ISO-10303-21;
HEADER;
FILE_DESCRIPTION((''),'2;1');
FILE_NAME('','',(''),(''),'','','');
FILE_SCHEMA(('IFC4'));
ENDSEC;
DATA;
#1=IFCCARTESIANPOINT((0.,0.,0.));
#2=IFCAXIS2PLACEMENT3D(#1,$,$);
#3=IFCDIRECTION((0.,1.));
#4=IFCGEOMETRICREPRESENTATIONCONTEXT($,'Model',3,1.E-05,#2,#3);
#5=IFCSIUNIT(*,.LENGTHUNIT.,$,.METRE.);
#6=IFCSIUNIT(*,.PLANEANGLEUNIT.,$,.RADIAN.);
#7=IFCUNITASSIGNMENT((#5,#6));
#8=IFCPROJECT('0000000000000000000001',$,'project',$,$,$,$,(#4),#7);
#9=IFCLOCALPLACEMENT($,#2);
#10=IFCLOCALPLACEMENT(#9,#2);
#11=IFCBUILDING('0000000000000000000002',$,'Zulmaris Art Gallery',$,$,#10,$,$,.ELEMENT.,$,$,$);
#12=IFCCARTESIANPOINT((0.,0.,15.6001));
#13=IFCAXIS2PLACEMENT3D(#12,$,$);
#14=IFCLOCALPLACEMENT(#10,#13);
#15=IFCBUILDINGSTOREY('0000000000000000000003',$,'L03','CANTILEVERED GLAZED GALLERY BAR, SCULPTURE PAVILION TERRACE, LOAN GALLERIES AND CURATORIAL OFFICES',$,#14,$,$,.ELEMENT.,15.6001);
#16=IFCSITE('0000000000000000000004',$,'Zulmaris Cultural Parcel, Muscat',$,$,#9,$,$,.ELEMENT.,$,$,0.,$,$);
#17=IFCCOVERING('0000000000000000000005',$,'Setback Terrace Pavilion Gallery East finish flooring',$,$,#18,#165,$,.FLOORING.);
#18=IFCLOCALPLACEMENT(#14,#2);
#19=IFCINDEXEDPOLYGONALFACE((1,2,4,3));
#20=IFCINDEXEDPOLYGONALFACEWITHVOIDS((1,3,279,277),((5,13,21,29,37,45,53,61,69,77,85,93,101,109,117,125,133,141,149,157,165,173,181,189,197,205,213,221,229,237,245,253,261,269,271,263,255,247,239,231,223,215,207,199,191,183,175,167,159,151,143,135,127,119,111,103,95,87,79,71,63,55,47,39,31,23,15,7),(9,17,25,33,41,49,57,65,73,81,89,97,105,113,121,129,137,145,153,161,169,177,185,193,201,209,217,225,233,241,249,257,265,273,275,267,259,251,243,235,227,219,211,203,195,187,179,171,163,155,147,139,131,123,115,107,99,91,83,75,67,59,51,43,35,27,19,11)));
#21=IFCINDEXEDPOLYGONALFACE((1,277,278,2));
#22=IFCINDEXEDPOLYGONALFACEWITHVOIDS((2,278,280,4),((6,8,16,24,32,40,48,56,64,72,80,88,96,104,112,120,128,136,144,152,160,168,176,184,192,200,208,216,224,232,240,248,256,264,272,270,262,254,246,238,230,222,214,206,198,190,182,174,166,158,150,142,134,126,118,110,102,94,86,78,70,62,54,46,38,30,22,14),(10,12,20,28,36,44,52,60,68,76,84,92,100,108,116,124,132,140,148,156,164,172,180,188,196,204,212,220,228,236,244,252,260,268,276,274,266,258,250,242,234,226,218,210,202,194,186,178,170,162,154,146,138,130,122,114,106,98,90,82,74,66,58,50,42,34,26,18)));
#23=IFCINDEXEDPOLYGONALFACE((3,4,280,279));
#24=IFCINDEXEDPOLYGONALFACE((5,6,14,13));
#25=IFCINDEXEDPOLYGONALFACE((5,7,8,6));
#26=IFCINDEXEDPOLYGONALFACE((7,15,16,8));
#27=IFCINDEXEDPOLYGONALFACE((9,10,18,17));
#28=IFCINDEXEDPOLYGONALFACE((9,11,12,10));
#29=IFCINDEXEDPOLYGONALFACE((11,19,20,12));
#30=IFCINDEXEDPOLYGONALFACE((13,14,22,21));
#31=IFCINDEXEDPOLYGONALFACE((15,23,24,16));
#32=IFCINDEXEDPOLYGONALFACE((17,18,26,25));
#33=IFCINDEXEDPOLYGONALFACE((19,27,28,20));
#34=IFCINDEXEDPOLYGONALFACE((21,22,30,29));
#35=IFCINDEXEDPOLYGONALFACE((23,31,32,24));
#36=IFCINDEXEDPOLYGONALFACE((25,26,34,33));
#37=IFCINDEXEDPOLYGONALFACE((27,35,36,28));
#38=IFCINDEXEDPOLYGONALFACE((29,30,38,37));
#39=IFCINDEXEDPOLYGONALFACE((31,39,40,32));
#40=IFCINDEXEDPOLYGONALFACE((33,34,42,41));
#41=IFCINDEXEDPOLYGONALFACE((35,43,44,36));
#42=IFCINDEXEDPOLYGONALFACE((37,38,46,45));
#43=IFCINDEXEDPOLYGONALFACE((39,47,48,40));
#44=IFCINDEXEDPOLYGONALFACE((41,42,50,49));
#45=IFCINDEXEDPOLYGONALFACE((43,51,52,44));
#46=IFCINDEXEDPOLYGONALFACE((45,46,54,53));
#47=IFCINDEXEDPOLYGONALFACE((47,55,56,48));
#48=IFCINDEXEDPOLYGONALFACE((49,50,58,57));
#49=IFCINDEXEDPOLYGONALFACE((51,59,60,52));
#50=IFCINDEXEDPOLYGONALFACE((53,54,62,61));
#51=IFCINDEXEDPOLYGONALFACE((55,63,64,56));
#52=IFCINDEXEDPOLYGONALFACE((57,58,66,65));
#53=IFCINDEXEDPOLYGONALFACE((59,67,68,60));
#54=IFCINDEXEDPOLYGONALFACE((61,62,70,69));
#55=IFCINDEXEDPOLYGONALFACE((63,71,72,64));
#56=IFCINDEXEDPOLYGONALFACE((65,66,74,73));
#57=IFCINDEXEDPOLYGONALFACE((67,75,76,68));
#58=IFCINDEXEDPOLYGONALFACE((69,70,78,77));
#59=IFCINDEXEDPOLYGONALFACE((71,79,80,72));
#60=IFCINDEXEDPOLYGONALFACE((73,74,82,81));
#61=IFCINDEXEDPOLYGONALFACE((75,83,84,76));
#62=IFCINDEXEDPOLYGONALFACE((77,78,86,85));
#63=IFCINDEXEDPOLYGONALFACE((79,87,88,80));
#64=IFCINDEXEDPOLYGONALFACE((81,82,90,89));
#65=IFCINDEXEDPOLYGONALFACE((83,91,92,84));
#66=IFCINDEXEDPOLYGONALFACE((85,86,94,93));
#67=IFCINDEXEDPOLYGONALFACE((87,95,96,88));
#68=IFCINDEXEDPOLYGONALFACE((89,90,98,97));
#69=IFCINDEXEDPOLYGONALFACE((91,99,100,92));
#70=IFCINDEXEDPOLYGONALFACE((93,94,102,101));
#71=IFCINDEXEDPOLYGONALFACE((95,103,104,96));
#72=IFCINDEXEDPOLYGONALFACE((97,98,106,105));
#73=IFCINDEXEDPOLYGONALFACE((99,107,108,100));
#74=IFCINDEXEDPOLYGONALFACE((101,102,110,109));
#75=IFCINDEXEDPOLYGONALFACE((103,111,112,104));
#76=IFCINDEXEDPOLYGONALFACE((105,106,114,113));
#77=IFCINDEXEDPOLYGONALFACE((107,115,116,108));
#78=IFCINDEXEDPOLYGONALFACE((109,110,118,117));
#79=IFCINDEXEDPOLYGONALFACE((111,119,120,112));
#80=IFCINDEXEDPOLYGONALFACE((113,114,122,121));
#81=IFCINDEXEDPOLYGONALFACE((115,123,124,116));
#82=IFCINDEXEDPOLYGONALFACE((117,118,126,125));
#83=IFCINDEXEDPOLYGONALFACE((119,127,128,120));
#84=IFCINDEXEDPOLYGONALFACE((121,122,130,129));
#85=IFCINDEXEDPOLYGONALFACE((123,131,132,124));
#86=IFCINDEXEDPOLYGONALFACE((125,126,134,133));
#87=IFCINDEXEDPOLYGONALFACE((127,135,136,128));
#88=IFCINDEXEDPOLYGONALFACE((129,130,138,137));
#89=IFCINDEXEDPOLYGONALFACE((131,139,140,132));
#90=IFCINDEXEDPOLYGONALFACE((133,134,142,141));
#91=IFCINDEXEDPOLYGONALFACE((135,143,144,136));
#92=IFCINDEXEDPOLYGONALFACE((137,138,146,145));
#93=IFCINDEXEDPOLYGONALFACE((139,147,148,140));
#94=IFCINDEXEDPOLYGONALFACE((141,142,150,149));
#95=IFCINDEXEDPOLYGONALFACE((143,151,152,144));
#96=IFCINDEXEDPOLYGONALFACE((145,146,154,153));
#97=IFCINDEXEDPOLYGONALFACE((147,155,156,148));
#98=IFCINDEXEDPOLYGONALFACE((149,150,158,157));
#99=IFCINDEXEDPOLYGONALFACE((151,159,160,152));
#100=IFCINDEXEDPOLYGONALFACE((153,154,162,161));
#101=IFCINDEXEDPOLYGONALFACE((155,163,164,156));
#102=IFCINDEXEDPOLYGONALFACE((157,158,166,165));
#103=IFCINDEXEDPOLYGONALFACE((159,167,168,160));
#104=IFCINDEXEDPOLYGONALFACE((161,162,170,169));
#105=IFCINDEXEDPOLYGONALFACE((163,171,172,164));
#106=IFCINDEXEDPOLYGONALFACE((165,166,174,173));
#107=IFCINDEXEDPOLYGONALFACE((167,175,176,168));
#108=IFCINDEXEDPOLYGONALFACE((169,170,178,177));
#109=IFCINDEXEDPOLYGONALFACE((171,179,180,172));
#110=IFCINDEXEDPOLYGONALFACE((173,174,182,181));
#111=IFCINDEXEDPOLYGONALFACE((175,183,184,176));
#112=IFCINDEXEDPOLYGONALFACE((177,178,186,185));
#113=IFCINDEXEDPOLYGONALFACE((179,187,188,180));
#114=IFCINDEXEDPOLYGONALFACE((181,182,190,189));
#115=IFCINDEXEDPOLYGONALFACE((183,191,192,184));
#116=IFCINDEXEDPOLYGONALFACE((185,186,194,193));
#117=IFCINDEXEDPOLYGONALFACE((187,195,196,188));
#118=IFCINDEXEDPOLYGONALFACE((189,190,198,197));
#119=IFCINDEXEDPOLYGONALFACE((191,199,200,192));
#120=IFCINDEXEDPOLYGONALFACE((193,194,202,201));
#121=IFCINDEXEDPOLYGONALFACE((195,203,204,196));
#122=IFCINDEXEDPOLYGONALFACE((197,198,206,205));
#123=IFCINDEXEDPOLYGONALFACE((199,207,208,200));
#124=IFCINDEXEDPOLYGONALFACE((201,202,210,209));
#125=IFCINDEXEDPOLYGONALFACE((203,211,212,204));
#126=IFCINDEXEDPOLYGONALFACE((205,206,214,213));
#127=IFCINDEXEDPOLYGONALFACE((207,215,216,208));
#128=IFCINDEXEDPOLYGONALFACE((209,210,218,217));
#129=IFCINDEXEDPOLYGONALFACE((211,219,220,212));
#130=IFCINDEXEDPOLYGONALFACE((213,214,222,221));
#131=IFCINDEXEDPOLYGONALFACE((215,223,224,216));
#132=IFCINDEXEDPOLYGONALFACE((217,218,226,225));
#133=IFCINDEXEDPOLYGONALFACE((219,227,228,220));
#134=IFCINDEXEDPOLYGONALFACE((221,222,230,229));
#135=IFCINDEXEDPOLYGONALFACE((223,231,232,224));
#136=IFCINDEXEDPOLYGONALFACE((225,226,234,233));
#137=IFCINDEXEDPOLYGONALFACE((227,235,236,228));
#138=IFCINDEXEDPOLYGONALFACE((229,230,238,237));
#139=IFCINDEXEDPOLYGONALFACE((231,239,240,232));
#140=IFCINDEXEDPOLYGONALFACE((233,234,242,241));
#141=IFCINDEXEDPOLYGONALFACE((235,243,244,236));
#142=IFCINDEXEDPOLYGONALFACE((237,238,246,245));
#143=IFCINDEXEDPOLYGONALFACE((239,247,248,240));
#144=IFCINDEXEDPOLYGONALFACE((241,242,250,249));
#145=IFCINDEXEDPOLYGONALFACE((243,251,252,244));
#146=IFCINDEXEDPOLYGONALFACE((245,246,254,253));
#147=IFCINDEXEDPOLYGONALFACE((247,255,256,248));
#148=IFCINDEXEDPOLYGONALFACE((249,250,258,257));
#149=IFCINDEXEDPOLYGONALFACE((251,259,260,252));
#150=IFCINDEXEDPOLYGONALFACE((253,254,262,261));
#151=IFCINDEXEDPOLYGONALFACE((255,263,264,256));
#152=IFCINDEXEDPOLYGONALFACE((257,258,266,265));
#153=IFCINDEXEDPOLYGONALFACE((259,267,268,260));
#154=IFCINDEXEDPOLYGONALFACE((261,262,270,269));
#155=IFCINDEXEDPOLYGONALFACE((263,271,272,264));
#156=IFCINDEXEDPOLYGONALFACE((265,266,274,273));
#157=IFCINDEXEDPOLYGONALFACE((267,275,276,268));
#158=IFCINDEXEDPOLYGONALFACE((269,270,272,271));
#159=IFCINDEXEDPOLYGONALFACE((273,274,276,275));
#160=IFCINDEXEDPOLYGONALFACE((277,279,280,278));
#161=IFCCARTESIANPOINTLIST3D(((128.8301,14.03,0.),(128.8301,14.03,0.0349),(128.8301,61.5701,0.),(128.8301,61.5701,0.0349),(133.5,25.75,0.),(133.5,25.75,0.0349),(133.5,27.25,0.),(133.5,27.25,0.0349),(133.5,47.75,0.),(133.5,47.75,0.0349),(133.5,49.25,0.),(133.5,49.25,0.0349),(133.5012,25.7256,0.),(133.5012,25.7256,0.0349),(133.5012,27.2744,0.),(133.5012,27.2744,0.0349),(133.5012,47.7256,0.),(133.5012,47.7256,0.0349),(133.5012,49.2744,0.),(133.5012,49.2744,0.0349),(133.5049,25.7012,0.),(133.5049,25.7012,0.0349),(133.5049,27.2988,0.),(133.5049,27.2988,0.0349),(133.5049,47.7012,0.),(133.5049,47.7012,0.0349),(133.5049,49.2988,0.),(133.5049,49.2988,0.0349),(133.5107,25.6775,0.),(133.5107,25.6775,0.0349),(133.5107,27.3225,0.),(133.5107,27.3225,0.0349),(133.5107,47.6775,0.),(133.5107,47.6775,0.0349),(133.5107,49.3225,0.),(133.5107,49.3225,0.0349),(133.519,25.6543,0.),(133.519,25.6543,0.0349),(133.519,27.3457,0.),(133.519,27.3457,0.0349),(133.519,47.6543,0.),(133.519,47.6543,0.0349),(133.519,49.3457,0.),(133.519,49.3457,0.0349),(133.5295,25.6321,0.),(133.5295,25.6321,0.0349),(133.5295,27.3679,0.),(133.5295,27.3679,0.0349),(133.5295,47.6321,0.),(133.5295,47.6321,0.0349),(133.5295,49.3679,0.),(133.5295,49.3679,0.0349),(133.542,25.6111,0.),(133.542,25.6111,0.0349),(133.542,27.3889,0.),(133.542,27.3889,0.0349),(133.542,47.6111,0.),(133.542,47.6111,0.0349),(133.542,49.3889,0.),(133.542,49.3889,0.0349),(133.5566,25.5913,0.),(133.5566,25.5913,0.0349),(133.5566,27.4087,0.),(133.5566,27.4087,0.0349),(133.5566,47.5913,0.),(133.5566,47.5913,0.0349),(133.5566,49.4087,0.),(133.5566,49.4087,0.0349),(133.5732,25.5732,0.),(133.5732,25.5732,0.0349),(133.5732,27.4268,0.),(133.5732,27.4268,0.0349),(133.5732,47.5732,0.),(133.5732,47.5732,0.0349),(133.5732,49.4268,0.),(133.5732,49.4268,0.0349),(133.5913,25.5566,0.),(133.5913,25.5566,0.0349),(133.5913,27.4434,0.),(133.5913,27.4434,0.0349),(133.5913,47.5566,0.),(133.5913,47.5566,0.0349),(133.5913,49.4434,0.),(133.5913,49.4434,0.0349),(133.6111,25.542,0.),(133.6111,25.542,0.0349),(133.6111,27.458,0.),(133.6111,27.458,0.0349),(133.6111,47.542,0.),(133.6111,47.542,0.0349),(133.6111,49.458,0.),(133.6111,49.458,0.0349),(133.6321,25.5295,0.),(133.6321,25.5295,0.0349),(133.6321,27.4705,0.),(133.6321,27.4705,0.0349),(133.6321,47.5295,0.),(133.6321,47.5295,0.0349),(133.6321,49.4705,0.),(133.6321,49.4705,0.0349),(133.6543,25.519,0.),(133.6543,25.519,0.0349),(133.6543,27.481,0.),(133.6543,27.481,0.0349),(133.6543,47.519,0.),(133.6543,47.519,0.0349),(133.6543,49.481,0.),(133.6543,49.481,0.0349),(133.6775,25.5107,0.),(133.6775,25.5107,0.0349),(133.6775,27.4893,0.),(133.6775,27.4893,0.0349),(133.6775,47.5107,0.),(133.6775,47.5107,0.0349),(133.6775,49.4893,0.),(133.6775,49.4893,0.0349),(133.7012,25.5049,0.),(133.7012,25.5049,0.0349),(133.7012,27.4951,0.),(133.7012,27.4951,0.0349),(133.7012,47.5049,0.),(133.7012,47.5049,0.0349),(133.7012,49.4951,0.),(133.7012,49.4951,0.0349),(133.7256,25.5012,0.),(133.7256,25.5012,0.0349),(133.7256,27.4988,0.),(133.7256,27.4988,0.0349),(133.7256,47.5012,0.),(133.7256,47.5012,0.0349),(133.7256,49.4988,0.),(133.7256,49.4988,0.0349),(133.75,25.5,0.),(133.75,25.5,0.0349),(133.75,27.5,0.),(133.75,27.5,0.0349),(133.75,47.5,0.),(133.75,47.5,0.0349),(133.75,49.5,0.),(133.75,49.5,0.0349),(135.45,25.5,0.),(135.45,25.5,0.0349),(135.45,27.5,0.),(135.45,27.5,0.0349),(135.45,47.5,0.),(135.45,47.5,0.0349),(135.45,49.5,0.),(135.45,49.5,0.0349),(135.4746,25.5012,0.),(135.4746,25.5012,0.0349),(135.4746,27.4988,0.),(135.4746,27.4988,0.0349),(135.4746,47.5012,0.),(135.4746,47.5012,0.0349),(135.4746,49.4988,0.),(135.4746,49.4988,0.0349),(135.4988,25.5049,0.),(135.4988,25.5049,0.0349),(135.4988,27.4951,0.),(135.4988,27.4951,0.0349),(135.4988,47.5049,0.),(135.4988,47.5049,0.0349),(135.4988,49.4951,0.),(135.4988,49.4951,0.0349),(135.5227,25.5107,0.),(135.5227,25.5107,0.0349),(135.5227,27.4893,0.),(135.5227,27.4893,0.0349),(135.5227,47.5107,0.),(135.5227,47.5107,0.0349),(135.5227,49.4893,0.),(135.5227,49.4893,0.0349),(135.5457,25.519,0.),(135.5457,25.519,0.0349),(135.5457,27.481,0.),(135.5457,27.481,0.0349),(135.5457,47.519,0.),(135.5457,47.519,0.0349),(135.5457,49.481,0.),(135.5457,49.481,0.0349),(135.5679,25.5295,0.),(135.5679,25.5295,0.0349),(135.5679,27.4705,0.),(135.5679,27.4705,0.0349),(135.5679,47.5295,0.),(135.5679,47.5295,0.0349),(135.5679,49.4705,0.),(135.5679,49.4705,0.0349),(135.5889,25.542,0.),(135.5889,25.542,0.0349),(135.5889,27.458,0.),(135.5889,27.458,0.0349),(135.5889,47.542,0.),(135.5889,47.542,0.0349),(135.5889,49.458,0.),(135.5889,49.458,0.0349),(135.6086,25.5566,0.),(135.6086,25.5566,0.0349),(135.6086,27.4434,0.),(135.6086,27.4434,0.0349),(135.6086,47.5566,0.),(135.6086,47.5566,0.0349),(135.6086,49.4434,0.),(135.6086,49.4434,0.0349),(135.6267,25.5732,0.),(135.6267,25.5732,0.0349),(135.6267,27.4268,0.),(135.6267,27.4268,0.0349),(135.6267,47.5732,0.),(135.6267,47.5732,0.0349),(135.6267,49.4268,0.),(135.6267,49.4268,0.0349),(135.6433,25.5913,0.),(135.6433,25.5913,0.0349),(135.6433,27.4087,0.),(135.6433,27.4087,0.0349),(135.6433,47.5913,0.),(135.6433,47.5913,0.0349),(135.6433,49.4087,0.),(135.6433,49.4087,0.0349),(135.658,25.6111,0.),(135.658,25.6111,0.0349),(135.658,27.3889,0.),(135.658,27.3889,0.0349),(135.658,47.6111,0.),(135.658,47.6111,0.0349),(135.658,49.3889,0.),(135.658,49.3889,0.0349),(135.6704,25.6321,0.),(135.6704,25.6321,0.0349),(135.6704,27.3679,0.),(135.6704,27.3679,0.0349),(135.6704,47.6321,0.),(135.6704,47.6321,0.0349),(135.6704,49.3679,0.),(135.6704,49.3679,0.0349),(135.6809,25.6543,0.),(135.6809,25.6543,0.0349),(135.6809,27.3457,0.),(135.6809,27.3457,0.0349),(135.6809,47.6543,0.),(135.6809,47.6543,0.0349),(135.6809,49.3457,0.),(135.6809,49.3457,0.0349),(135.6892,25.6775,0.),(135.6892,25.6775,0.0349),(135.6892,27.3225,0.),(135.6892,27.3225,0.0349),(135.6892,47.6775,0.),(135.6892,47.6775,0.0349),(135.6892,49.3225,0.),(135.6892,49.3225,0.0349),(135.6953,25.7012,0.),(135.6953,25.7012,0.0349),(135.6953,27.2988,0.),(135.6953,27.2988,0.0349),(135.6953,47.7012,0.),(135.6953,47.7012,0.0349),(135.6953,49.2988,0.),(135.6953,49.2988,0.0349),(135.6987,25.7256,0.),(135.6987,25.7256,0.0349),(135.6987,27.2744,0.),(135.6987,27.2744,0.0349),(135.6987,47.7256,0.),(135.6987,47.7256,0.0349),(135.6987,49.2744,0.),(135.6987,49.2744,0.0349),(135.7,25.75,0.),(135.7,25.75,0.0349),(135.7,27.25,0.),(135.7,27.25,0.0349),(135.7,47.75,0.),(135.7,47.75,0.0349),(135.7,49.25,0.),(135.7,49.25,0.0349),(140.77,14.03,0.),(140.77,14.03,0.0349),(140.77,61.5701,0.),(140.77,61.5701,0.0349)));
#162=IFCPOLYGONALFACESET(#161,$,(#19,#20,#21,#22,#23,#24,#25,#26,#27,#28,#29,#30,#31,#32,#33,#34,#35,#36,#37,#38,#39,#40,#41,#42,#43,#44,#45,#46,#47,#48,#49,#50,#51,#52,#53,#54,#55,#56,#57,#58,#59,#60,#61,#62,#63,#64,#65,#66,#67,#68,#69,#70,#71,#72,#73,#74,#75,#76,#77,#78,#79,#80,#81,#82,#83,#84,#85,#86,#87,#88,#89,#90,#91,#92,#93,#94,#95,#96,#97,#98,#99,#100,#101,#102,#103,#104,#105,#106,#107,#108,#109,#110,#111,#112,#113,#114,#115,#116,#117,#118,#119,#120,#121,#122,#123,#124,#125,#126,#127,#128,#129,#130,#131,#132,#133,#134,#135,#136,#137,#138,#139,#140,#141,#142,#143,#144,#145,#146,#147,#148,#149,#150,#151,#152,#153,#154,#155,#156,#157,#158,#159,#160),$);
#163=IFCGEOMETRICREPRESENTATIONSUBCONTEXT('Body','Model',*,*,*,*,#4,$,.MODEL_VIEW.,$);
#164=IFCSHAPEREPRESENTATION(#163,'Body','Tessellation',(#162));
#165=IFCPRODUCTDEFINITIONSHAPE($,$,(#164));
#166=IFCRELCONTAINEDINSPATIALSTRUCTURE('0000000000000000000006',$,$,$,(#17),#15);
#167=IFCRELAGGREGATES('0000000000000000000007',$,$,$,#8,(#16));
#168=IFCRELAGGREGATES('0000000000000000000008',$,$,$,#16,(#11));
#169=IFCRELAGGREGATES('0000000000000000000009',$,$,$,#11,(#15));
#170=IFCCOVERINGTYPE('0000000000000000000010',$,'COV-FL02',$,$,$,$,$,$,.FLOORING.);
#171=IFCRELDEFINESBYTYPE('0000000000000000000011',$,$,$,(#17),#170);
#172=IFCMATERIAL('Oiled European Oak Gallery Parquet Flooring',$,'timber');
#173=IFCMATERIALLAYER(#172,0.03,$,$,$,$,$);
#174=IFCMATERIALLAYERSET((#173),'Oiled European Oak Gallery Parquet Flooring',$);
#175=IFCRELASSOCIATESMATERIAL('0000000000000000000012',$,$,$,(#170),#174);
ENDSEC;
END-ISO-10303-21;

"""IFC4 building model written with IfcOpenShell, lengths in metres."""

from ifc_helpers import new_model, si_unit, direction, frame, origin, place, context, subcontext, project, spatial, polyline, outline, extrude, material, layer, layer_set, type_object, element, save


model = new_model("IFC4")

# Units and contexts
model_context = context("Model", 3, precision=1e-05, world=origin(), true_north=direction((0.0, 1.0)))
body_context = subcontext(model_context, "Body", "Model", "MODEL_VIEW")
ifc_project = project(units=[si_unit("LENGTHUNIT", "METRE"), si_unit("PLANEANGLEUNIT", "RADIAN")], contexts=[model_context])

# Site, building, storey
site_placement = place(None, origin())
site = spatial("IfcSite", under=ifc_project, at=site_placement, Name="Zulmaris Cultural Parcel, Muscat", CompositionType="ELEMENT", RefElevation=0.0)
building_placement = place(site_placement, origin())
building = spatial("IfcBuilding", under=site, at=building_placement, Name="Zulmaris Art Gallery", CompositionType="ELEMENT")
storey_placement = place(building_placement, frame((0.0, 0.0, 15.6001)))
storey = spatial("IfcBuildingStorey", under=building, at=storey_placement, Name="L03", Description="CANTILEVERED GLAZED GALLERY BAR, SCULPTURE PAVILION TERRACE, LOAN GALLERIES AND CURATORIAL OFFICES", CompositionType="ELEMENT", Elevation=15.6001)

# Covering
ifc_material_1 = material(Name="Oiled European Oak Gallery Parquet Flooring", Category="timber")
ifc_layer_1 = layer(ifc_material_1, 0.03)
ifc_layer_set_1 = layer_set([ifc_layer_1], Name="Oiled European Oak Gallery Parquet Flooring")
covering_type_1 = type_object("IfcCoveringType", Name="COV-FL02", PredefinedType="FLOORING", material=ifc_layer_set_1)
covering_1_placement = place(storey_placement, origin())
element("IfcCovering", 1, at=covering_1_placement, inside=storey, type_object=covering_type_1, Name="Setback Terrace Pavilion Gallery East finish flooring", PredefinedType="FLOORING", context=body_context, shape_type="SweptSolid", body=[
    extrude(outline(polyline([(140.77, 14.03), (128.8301, 14.03), (128.8301, 61.5701), (140.77, 61.5701), (140.77, 14.03)]), holes=[polyline([(133.7256, 27.4988), (133.7012, 27.4951), (133.6775, 27.4893), (133.6543, 27.481), (133.6321, 27.4705), (133.6111, 27.458), (133.5913, 27.4434), (133.5732, 27.4268), (133.5566, 27.4087), (133.542, 27.3889), (133.5295, 27.3679), (133.519, 27.3457), (133.5107, 27.3225), (133.5049, 27.2988), (133.5012, 27.2744), (133.5, 27.25), (133.5, 25.75), (133.5012, 25.7256), (133.5049, 25.7012), (133.5107, 25.6775), (133.519, 25.6543), (133.5295, 25.6321), (133.542, 25.6111), (133.5566, 25.5913), (133.5732, 25.5732), (133.5913, 25.5566), (133.6111, 25.542), (133.6321, 25.5295), (133.6543, 25.519), (133.6775, 25.5107), (133.7012, 25.5049), (133.7256, 25.5012), (133.75, 25.5), (135.45, 25.5), (135.4746, 25.5012), (135.4988, 25.5049), (135.5227, 25.5107), (135.5457, 25.519), (135.5679, 25.5295), (135.5889, 25.542), (135.6086, 25.5566), (135.6267, 25.5732), (135.6433, 25.5913), (135.658, 25.6111), (135.6704, 25.6321), (135.6809, 25.6543), (135.6892, 25.6775), (135.6953, 25.7012), (135.6987, 25.7256), (135.7, 25.75), (135.7, 27.25), (135.6987, 27.2744), (135.6953, 27.2988), (135.6892, 27.3225), (135.6809, 27.3457), (135.6704, 27.3679), (135.658, 27.3889), (135.6433, 27.4087), (135.6267, 27.4268), (135.6086, 27.4434), (135.5889, 27.458), (135.5679, 27.4705), (135.5457, 27.481), (135.5227, 27.4893), (135.4988, 27.4951), (135.4746, 27.4988), (135.45, 27.5), (133.75, 27.5), (133.7256, 27.4988)]), polyline([(133.7256, 49.4988), (133.7012, 49.4951), (133.6775, 49.4893), (133.6543, 49.481), (133.6321, 49.4705), (133.6111, 49.458), (133.5913, 49.4434), (133.5732, 49.4268), (133.5566, 49.4087), (133.542, 49.3889), (133.5295, 49.3679), (133.519, 49.3457), (133.5107, 49.3225), (133.5049, 49.2988), (133.5012, 49.2744), (133.5, 49.25), (133.5, 47.75), (133.5012, 47.7256), (133.5049, 47.7012), (133.5107, 47.6775), (133.519, 47.6543), (133.5295, 47.6321), (133.542, 47.6111), (133.5566, 47.5913), (133.5732, 47.5732), (133.5913, 47.5566), (133.6111, 47.542), (133.6321, 47.5295), (133.6543, 47.519), (133.6775, 47.5107), (133.7012, 47.5049), (133.7256, 47.5012), (133.75, 47.5), (135.45, 47.5), (135.4746, 47.5012), (135.4988, 47.5049), (135.5227, 47.5107), (135.5457, 47.519), (135.5679, 47.5295), (135.5889, 47.542), (135.6086, 47.5566), (135.6267, 47.5732), (135.6433, 47.5913), (135.658, 47.6111), (135.6704, 47.6321), (135.6809, 47.6543), (135.6892, 47.6775), (135.6953, 47.7012), (135.6987, 47.7256), (135.7, 47.75), (135.7, 49.25), (135.6987, 49.2744), (135.6953, 49.2988), (135.6892, 49.3225), (135.6809, 49.3457), (135.6704, 49.3679), (135.658, 49.3889), (135.6433, 49.4087), (135.6267, 49.4268), (135.6086, 49.4434), (135.5889, 49.458), (135.5679, 49.4705), (135.5457, 49.481), (135.5227, 49.4893), (135.4988, 49.4951), (135.4746, 49.4988), (135.45, 49.5), (133.75, 49.5), (133.7256, 49.4988)])]), origin(), (0.0, 0.0, 1.0), 0.0349),
])

save(model, "model.ifc")
